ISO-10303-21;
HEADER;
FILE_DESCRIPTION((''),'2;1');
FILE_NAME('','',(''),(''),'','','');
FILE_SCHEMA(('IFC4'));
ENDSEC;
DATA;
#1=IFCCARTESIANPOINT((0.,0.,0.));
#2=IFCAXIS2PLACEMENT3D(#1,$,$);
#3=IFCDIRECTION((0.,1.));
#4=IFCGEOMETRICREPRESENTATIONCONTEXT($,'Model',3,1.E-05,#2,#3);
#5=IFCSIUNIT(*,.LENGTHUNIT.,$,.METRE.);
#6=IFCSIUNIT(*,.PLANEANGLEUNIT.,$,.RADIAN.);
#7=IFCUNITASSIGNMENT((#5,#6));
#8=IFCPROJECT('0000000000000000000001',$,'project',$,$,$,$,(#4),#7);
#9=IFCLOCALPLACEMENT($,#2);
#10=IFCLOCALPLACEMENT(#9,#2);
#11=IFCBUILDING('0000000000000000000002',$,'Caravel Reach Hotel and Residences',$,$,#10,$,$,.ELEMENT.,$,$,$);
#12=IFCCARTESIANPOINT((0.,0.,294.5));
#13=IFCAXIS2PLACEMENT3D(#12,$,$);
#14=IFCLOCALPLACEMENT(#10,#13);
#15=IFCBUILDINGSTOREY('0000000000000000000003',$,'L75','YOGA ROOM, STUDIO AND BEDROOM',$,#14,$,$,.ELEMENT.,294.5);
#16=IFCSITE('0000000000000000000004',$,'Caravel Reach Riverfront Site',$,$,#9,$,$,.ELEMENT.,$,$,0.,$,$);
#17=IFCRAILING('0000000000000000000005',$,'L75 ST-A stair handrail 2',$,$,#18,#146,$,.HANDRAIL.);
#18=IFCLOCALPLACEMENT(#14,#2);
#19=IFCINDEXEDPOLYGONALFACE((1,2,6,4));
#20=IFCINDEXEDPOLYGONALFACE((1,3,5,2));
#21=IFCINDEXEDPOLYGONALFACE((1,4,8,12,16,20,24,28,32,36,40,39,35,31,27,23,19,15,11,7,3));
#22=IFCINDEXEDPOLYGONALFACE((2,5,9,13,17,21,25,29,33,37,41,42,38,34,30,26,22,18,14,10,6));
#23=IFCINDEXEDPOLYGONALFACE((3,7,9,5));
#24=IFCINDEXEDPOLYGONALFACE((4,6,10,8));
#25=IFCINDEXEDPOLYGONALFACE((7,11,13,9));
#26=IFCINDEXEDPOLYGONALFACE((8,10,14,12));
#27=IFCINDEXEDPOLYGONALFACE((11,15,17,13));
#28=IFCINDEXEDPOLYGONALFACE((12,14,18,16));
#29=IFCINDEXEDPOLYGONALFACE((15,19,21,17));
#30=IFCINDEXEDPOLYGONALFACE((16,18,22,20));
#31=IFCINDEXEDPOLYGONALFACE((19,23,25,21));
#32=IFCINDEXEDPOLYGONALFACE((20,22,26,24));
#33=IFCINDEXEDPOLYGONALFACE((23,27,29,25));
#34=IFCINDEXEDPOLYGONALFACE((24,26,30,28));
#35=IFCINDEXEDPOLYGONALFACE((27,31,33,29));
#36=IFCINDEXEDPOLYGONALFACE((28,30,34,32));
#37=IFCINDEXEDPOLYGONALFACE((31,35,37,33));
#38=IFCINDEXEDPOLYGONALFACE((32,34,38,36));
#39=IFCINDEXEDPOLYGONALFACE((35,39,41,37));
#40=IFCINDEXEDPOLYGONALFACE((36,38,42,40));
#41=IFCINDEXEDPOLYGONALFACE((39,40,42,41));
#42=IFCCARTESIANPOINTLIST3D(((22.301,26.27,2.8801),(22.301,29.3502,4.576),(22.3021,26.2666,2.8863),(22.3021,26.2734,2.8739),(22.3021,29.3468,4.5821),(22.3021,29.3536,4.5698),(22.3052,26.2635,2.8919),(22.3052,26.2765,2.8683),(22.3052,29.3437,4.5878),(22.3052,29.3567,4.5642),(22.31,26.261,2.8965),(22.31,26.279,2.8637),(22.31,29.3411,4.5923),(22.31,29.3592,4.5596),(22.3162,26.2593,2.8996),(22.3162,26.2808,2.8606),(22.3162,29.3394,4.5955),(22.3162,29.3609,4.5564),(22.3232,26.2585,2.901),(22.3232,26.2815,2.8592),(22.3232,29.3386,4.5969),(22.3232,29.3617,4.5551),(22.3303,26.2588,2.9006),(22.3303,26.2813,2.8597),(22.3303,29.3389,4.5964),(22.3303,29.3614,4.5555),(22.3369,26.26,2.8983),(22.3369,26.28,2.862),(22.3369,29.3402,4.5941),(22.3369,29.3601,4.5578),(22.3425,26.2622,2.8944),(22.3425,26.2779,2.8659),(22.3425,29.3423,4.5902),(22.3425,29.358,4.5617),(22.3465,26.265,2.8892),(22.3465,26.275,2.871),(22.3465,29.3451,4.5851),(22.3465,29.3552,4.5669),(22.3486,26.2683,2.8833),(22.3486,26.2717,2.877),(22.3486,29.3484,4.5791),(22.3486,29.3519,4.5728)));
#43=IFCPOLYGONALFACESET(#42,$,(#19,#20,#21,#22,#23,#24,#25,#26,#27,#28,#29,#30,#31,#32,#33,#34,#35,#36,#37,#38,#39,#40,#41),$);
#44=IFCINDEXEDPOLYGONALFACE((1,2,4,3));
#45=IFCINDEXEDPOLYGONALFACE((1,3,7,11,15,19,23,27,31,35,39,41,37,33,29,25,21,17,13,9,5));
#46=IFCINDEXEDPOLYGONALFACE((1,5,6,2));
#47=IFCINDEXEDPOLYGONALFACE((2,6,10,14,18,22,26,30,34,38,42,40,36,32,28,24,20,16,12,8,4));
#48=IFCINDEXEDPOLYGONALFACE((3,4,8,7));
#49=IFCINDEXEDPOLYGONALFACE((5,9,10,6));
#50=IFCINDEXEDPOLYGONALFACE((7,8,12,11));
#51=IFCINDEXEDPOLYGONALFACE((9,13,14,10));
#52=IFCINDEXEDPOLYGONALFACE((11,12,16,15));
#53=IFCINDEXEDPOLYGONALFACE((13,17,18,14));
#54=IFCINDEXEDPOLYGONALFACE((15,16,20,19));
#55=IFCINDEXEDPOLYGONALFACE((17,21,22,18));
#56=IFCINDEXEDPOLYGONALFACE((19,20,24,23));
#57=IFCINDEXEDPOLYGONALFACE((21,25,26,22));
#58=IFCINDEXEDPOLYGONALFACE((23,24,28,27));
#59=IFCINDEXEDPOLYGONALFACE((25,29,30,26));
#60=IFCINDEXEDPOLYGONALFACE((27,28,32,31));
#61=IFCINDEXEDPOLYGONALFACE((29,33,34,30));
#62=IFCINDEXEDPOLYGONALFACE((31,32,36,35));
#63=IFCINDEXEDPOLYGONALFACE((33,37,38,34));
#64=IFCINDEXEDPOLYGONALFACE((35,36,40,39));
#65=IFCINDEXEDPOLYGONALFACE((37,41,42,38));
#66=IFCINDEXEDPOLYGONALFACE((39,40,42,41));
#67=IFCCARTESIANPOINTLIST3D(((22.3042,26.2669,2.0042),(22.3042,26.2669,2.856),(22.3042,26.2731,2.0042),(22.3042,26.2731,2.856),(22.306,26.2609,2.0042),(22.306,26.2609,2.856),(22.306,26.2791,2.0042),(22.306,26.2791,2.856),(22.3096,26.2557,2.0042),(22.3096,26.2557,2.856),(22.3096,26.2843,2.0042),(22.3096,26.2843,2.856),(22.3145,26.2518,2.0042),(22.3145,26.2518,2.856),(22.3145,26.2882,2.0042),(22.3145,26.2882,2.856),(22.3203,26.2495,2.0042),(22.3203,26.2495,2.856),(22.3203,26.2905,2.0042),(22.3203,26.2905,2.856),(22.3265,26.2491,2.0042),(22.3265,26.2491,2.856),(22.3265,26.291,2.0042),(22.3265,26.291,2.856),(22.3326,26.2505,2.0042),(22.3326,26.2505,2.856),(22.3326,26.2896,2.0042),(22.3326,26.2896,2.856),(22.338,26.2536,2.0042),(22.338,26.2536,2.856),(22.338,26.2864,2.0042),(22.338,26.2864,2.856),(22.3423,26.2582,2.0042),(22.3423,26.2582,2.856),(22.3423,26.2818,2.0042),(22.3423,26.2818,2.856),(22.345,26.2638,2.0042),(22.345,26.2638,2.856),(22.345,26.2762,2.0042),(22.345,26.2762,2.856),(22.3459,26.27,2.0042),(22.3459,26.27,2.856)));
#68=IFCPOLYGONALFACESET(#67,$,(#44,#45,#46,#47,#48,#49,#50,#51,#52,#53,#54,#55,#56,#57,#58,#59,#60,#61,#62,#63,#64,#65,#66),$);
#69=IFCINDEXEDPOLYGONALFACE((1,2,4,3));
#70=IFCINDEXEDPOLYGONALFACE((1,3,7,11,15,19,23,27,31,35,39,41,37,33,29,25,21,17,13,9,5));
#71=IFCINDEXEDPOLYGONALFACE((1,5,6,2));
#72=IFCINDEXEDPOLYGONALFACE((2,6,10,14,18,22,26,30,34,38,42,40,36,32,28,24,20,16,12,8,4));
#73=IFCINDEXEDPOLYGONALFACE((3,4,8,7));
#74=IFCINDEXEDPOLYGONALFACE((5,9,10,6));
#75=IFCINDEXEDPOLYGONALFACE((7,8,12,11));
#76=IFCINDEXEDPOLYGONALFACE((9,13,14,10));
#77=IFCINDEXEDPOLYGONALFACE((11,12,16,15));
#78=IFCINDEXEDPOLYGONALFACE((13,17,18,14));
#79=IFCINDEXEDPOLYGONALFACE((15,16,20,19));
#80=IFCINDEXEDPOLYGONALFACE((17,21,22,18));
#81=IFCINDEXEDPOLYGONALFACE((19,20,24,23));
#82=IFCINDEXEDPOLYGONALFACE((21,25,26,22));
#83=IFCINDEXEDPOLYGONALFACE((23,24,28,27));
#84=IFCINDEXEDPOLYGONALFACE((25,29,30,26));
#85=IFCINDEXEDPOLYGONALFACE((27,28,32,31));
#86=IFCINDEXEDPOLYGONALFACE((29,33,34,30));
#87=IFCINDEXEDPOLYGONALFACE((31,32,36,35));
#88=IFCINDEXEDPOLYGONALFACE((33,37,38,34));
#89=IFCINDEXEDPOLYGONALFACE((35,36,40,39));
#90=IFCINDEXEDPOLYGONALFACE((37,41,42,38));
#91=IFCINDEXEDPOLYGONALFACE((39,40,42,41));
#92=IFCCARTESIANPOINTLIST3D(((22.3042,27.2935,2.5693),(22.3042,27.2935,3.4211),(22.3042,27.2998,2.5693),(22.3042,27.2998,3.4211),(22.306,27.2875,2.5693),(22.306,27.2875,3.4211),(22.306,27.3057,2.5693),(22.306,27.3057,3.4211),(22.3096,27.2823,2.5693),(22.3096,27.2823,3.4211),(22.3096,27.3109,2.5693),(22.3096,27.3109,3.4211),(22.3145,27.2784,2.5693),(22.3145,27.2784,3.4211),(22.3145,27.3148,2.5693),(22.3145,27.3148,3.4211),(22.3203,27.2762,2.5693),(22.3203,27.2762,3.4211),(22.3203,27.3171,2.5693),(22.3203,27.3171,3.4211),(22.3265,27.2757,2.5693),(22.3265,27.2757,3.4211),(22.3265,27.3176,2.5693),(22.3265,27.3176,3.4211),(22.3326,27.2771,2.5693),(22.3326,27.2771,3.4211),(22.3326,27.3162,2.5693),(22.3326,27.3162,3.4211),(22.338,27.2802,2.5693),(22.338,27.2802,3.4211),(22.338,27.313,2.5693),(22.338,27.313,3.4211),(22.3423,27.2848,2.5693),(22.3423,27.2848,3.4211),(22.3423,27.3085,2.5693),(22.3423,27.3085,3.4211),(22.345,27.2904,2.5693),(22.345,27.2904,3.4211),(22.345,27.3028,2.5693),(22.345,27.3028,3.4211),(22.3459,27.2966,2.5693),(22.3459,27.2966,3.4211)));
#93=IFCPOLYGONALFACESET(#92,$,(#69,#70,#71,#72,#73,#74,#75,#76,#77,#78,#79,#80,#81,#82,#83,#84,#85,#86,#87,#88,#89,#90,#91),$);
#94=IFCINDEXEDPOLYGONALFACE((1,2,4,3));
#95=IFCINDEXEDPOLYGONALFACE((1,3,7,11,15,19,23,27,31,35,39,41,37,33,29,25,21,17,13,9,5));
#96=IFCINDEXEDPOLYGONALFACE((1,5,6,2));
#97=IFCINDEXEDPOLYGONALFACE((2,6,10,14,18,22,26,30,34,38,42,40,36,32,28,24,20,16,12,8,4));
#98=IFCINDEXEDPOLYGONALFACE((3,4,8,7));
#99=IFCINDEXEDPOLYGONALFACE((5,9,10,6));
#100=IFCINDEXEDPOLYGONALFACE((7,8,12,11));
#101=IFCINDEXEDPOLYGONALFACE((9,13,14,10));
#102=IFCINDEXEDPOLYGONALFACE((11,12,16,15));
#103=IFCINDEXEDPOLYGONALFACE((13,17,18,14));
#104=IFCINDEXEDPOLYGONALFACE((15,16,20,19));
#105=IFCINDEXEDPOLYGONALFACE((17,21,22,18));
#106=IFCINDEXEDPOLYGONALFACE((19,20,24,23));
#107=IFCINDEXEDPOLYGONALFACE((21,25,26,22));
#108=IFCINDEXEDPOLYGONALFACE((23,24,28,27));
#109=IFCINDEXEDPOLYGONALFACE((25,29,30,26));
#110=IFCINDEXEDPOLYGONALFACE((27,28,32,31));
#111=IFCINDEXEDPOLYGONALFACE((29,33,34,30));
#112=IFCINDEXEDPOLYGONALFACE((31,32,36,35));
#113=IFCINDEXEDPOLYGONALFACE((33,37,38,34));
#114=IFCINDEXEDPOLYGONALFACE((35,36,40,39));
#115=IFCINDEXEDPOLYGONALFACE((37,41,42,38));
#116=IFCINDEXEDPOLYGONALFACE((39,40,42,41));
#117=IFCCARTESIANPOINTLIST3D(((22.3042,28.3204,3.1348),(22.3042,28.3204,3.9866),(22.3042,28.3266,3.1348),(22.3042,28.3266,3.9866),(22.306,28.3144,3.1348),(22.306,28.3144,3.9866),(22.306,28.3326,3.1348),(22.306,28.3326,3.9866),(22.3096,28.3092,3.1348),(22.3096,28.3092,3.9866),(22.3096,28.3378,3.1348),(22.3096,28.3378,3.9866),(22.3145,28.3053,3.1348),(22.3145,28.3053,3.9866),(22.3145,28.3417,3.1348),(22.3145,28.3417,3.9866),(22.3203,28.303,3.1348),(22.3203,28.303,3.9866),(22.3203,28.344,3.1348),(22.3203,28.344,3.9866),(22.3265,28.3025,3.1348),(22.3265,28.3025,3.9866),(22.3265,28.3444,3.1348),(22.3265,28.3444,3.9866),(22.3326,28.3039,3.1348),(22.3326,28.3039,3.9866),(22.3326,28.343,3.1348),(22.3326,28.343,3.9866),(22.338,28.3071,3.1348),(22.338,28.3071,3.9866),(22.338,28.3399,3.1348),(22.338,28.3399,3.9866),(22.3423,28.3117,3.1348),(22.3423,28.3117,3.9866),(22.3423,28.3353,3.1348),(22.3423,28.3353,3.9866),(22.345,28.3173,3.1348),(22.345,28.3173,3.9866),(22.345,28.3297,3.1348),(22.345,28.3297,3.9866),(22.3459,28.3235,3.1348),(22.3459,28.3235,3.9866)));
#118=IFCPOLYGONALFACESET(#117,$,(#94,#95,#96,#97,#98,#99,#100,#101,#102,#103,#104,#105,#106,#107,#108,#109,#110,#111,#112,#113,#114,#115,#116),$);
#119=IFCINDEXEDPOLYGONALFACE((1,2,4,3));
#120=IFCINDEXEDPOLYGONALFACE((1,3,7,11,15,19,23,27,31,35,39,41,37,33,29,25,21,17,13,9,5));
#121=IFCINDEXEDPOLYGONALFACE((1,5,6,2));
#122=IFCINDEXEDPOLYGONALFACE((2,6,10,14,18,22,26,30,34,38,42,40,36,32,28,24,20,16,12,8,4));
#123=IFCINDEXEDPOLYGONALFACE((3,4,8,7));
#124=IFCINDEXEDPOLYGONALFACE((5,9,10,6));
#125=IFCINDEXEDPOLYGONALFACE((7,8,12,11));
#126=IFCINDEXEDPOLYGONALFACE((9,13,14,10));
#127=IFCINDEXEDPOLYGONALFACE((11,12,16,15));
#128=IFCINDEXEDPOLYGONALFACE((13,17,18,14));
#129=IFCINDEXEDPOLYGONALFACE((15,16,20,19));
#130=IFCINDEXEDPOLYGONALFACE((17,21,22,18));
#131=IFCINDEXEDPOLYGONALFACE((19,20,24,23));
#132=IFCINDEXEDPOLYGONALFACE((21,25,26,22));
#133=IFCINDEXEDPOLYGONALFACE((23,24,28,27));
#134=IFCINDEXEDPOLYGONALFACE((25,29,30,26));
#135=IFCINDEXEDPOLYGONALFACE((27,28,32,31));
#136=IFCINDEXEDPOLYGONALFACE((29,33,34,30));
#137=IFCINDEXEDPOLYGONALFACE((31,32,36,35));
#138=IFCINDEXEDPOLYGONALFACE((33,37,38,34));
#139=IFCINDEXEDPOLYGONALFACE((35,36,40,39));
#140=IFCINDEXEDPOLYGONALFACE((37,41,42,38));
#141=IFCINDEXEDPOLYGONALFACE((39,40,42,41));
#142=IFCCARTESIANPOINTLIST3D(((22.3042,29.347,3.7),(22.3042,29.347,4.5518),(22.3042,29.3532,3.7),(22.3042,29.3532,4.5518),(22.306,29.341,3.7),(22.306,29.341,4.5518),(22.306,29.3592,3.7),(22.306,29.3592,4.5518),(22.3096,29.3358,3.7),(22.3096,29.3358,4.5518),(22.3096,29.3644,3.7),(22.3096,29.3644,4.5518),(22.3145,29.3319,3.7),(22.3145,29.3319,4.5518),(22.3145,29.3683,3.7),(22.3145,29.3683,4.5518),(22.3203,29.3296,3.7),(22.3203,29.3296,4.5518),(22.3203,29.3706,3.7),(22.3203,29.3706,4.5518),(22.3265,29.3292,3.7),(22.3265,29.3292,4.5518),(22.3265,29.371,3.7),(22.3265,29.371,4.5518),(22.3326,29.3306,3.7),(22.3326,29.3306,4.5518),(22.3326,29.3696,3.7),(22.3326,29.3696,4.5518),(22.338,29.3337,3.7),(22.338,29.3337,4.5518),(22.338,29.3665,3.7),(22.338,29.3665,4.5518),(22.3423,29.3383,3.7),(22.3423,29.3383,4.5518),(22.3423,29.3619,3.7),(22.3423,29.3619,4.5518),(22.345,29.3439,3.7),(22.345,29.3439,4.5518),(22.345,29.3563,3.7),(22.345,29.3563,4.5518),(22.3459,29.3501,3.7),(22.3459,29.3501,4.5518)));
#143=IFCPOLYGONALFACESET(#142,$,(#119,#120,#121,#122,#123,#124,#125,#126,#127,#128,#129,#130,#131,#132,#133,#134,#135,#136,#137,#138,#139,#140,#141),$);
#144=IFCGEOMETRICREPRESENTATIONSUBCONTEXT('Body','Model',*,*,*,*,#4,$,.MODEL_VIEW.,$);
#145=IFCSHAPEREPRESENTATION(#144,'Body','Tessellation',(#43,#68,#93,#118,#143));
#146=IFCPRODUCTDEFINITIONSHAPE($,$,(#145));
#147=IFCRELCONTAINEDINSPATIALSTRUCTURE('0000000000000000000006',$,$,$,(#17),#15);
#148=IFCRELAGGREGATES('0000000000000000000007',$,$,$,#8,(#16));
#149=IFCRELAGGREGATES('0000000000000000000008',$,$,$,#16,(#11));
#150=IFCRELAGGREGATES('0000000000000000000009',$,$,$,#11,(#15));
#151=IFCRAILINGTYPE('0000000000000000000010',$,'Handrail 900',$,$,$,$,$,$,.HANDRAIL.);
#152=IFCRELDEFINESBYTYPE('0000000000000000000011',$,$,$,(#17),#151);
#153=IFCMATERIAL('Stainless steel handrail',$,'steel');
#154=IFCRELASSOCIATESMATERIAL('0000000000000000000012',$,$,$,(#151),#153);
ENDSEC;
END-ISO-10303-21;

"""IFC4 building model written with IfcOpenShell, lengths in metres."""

from ifc_helpers import new_model, si_unit, direction, frame, origin, origin_2d, place, context, subcontext, project, spatial, circle, extrude, material, type_object, element, save


model = new_model("IFC4")

# Units and contexts
model_context = context("Model", 3, precision=1e-05, world=origin(), true_north=direction((0.0, 1.0)))
body_context = subcontext(model_context, "Body", "Model", "MODEL_VIEW")
ifc_project = project(units=[si_unit("LENGTHUNIT", "METRE"), si_unit("PLANEANGLEUNIT", "RADIAN")], contexts=[model_context])

# Site, building, storey
site_placement = place(None, origin())
site = spatial("IfcSite", under=ifc_project, at=site_placement, Name="Caravel Reach Riverfront Site", CompositionType="ELEMENT", RefElevation=0.0)
building_placement = place(site_placement, origin())
building = spatial("IfcBuilding", under=site, at=building_placement, Name="Caravel Reach Hotel and Residences", CompositionType="ELEMENT")
storey_placement = place(building_placement, frame((0.0, 0.0, 294.5)))
storey = spatial("IfcBuildingStorey", under=building, at=storey_placement, Name="L75", Description="YOGA ROOM, STUDIO AND BEDROOM", CompositionType="ELEMENT", Elevation=294.5)

# Railing
ifc_material_1 = material(Name="Stainless steel handrail", Category="steel")
railing_type_1 = type_object("IfcRailingType", Name="Handrail 900", PredefinedType="HANDRAIL", material=ifc_material_1)
railing_1_placement = place(storey_placement, frame((22.325, 26.27, 2.0042)))
element("IfcRailing", 1, at=railing_1_placement, inside=storey, type_object=railing_type_1, Name="L75 ST-A stair handrail 2", PredefinedType="HANDRAIL", context=body_context, shape_type="SweptSolid", body=[
    extrude(circle(Radius=0.0239, at=origin_2d()), frame((0.0, 0.0, 0.876), z_axis=(0.0, 0.876005, 0.482303), x_axis=(-1.0, 0.0, 0.0)), (0.0, 0.0, 1.0), 3.5161),
    extrude(circle(Radius=0.021, at=origin_2d()), origin(), (0.0, 0.0, 1.0), 0.8518),
    extrude(circle(Radius=0.021, at=origin_2d()), frame((0.0, 1.0266, 0.5652)), (0.0, 0.0, 1.0), 0.8518),
    extrude(circle(Radius=0.021, at=origin_2d()), frame((0.0, 2.0535, 1.1306)), (0.0, 0.0, 1.0), 0.8518),
    extrude(circle(Radius=0.021, at=origin_2d()), frame((0.0, 3.0801, 1.6958)), (0.0, 0.0, 1.0), 0.8518),
])

save(model, "model.ifc")
